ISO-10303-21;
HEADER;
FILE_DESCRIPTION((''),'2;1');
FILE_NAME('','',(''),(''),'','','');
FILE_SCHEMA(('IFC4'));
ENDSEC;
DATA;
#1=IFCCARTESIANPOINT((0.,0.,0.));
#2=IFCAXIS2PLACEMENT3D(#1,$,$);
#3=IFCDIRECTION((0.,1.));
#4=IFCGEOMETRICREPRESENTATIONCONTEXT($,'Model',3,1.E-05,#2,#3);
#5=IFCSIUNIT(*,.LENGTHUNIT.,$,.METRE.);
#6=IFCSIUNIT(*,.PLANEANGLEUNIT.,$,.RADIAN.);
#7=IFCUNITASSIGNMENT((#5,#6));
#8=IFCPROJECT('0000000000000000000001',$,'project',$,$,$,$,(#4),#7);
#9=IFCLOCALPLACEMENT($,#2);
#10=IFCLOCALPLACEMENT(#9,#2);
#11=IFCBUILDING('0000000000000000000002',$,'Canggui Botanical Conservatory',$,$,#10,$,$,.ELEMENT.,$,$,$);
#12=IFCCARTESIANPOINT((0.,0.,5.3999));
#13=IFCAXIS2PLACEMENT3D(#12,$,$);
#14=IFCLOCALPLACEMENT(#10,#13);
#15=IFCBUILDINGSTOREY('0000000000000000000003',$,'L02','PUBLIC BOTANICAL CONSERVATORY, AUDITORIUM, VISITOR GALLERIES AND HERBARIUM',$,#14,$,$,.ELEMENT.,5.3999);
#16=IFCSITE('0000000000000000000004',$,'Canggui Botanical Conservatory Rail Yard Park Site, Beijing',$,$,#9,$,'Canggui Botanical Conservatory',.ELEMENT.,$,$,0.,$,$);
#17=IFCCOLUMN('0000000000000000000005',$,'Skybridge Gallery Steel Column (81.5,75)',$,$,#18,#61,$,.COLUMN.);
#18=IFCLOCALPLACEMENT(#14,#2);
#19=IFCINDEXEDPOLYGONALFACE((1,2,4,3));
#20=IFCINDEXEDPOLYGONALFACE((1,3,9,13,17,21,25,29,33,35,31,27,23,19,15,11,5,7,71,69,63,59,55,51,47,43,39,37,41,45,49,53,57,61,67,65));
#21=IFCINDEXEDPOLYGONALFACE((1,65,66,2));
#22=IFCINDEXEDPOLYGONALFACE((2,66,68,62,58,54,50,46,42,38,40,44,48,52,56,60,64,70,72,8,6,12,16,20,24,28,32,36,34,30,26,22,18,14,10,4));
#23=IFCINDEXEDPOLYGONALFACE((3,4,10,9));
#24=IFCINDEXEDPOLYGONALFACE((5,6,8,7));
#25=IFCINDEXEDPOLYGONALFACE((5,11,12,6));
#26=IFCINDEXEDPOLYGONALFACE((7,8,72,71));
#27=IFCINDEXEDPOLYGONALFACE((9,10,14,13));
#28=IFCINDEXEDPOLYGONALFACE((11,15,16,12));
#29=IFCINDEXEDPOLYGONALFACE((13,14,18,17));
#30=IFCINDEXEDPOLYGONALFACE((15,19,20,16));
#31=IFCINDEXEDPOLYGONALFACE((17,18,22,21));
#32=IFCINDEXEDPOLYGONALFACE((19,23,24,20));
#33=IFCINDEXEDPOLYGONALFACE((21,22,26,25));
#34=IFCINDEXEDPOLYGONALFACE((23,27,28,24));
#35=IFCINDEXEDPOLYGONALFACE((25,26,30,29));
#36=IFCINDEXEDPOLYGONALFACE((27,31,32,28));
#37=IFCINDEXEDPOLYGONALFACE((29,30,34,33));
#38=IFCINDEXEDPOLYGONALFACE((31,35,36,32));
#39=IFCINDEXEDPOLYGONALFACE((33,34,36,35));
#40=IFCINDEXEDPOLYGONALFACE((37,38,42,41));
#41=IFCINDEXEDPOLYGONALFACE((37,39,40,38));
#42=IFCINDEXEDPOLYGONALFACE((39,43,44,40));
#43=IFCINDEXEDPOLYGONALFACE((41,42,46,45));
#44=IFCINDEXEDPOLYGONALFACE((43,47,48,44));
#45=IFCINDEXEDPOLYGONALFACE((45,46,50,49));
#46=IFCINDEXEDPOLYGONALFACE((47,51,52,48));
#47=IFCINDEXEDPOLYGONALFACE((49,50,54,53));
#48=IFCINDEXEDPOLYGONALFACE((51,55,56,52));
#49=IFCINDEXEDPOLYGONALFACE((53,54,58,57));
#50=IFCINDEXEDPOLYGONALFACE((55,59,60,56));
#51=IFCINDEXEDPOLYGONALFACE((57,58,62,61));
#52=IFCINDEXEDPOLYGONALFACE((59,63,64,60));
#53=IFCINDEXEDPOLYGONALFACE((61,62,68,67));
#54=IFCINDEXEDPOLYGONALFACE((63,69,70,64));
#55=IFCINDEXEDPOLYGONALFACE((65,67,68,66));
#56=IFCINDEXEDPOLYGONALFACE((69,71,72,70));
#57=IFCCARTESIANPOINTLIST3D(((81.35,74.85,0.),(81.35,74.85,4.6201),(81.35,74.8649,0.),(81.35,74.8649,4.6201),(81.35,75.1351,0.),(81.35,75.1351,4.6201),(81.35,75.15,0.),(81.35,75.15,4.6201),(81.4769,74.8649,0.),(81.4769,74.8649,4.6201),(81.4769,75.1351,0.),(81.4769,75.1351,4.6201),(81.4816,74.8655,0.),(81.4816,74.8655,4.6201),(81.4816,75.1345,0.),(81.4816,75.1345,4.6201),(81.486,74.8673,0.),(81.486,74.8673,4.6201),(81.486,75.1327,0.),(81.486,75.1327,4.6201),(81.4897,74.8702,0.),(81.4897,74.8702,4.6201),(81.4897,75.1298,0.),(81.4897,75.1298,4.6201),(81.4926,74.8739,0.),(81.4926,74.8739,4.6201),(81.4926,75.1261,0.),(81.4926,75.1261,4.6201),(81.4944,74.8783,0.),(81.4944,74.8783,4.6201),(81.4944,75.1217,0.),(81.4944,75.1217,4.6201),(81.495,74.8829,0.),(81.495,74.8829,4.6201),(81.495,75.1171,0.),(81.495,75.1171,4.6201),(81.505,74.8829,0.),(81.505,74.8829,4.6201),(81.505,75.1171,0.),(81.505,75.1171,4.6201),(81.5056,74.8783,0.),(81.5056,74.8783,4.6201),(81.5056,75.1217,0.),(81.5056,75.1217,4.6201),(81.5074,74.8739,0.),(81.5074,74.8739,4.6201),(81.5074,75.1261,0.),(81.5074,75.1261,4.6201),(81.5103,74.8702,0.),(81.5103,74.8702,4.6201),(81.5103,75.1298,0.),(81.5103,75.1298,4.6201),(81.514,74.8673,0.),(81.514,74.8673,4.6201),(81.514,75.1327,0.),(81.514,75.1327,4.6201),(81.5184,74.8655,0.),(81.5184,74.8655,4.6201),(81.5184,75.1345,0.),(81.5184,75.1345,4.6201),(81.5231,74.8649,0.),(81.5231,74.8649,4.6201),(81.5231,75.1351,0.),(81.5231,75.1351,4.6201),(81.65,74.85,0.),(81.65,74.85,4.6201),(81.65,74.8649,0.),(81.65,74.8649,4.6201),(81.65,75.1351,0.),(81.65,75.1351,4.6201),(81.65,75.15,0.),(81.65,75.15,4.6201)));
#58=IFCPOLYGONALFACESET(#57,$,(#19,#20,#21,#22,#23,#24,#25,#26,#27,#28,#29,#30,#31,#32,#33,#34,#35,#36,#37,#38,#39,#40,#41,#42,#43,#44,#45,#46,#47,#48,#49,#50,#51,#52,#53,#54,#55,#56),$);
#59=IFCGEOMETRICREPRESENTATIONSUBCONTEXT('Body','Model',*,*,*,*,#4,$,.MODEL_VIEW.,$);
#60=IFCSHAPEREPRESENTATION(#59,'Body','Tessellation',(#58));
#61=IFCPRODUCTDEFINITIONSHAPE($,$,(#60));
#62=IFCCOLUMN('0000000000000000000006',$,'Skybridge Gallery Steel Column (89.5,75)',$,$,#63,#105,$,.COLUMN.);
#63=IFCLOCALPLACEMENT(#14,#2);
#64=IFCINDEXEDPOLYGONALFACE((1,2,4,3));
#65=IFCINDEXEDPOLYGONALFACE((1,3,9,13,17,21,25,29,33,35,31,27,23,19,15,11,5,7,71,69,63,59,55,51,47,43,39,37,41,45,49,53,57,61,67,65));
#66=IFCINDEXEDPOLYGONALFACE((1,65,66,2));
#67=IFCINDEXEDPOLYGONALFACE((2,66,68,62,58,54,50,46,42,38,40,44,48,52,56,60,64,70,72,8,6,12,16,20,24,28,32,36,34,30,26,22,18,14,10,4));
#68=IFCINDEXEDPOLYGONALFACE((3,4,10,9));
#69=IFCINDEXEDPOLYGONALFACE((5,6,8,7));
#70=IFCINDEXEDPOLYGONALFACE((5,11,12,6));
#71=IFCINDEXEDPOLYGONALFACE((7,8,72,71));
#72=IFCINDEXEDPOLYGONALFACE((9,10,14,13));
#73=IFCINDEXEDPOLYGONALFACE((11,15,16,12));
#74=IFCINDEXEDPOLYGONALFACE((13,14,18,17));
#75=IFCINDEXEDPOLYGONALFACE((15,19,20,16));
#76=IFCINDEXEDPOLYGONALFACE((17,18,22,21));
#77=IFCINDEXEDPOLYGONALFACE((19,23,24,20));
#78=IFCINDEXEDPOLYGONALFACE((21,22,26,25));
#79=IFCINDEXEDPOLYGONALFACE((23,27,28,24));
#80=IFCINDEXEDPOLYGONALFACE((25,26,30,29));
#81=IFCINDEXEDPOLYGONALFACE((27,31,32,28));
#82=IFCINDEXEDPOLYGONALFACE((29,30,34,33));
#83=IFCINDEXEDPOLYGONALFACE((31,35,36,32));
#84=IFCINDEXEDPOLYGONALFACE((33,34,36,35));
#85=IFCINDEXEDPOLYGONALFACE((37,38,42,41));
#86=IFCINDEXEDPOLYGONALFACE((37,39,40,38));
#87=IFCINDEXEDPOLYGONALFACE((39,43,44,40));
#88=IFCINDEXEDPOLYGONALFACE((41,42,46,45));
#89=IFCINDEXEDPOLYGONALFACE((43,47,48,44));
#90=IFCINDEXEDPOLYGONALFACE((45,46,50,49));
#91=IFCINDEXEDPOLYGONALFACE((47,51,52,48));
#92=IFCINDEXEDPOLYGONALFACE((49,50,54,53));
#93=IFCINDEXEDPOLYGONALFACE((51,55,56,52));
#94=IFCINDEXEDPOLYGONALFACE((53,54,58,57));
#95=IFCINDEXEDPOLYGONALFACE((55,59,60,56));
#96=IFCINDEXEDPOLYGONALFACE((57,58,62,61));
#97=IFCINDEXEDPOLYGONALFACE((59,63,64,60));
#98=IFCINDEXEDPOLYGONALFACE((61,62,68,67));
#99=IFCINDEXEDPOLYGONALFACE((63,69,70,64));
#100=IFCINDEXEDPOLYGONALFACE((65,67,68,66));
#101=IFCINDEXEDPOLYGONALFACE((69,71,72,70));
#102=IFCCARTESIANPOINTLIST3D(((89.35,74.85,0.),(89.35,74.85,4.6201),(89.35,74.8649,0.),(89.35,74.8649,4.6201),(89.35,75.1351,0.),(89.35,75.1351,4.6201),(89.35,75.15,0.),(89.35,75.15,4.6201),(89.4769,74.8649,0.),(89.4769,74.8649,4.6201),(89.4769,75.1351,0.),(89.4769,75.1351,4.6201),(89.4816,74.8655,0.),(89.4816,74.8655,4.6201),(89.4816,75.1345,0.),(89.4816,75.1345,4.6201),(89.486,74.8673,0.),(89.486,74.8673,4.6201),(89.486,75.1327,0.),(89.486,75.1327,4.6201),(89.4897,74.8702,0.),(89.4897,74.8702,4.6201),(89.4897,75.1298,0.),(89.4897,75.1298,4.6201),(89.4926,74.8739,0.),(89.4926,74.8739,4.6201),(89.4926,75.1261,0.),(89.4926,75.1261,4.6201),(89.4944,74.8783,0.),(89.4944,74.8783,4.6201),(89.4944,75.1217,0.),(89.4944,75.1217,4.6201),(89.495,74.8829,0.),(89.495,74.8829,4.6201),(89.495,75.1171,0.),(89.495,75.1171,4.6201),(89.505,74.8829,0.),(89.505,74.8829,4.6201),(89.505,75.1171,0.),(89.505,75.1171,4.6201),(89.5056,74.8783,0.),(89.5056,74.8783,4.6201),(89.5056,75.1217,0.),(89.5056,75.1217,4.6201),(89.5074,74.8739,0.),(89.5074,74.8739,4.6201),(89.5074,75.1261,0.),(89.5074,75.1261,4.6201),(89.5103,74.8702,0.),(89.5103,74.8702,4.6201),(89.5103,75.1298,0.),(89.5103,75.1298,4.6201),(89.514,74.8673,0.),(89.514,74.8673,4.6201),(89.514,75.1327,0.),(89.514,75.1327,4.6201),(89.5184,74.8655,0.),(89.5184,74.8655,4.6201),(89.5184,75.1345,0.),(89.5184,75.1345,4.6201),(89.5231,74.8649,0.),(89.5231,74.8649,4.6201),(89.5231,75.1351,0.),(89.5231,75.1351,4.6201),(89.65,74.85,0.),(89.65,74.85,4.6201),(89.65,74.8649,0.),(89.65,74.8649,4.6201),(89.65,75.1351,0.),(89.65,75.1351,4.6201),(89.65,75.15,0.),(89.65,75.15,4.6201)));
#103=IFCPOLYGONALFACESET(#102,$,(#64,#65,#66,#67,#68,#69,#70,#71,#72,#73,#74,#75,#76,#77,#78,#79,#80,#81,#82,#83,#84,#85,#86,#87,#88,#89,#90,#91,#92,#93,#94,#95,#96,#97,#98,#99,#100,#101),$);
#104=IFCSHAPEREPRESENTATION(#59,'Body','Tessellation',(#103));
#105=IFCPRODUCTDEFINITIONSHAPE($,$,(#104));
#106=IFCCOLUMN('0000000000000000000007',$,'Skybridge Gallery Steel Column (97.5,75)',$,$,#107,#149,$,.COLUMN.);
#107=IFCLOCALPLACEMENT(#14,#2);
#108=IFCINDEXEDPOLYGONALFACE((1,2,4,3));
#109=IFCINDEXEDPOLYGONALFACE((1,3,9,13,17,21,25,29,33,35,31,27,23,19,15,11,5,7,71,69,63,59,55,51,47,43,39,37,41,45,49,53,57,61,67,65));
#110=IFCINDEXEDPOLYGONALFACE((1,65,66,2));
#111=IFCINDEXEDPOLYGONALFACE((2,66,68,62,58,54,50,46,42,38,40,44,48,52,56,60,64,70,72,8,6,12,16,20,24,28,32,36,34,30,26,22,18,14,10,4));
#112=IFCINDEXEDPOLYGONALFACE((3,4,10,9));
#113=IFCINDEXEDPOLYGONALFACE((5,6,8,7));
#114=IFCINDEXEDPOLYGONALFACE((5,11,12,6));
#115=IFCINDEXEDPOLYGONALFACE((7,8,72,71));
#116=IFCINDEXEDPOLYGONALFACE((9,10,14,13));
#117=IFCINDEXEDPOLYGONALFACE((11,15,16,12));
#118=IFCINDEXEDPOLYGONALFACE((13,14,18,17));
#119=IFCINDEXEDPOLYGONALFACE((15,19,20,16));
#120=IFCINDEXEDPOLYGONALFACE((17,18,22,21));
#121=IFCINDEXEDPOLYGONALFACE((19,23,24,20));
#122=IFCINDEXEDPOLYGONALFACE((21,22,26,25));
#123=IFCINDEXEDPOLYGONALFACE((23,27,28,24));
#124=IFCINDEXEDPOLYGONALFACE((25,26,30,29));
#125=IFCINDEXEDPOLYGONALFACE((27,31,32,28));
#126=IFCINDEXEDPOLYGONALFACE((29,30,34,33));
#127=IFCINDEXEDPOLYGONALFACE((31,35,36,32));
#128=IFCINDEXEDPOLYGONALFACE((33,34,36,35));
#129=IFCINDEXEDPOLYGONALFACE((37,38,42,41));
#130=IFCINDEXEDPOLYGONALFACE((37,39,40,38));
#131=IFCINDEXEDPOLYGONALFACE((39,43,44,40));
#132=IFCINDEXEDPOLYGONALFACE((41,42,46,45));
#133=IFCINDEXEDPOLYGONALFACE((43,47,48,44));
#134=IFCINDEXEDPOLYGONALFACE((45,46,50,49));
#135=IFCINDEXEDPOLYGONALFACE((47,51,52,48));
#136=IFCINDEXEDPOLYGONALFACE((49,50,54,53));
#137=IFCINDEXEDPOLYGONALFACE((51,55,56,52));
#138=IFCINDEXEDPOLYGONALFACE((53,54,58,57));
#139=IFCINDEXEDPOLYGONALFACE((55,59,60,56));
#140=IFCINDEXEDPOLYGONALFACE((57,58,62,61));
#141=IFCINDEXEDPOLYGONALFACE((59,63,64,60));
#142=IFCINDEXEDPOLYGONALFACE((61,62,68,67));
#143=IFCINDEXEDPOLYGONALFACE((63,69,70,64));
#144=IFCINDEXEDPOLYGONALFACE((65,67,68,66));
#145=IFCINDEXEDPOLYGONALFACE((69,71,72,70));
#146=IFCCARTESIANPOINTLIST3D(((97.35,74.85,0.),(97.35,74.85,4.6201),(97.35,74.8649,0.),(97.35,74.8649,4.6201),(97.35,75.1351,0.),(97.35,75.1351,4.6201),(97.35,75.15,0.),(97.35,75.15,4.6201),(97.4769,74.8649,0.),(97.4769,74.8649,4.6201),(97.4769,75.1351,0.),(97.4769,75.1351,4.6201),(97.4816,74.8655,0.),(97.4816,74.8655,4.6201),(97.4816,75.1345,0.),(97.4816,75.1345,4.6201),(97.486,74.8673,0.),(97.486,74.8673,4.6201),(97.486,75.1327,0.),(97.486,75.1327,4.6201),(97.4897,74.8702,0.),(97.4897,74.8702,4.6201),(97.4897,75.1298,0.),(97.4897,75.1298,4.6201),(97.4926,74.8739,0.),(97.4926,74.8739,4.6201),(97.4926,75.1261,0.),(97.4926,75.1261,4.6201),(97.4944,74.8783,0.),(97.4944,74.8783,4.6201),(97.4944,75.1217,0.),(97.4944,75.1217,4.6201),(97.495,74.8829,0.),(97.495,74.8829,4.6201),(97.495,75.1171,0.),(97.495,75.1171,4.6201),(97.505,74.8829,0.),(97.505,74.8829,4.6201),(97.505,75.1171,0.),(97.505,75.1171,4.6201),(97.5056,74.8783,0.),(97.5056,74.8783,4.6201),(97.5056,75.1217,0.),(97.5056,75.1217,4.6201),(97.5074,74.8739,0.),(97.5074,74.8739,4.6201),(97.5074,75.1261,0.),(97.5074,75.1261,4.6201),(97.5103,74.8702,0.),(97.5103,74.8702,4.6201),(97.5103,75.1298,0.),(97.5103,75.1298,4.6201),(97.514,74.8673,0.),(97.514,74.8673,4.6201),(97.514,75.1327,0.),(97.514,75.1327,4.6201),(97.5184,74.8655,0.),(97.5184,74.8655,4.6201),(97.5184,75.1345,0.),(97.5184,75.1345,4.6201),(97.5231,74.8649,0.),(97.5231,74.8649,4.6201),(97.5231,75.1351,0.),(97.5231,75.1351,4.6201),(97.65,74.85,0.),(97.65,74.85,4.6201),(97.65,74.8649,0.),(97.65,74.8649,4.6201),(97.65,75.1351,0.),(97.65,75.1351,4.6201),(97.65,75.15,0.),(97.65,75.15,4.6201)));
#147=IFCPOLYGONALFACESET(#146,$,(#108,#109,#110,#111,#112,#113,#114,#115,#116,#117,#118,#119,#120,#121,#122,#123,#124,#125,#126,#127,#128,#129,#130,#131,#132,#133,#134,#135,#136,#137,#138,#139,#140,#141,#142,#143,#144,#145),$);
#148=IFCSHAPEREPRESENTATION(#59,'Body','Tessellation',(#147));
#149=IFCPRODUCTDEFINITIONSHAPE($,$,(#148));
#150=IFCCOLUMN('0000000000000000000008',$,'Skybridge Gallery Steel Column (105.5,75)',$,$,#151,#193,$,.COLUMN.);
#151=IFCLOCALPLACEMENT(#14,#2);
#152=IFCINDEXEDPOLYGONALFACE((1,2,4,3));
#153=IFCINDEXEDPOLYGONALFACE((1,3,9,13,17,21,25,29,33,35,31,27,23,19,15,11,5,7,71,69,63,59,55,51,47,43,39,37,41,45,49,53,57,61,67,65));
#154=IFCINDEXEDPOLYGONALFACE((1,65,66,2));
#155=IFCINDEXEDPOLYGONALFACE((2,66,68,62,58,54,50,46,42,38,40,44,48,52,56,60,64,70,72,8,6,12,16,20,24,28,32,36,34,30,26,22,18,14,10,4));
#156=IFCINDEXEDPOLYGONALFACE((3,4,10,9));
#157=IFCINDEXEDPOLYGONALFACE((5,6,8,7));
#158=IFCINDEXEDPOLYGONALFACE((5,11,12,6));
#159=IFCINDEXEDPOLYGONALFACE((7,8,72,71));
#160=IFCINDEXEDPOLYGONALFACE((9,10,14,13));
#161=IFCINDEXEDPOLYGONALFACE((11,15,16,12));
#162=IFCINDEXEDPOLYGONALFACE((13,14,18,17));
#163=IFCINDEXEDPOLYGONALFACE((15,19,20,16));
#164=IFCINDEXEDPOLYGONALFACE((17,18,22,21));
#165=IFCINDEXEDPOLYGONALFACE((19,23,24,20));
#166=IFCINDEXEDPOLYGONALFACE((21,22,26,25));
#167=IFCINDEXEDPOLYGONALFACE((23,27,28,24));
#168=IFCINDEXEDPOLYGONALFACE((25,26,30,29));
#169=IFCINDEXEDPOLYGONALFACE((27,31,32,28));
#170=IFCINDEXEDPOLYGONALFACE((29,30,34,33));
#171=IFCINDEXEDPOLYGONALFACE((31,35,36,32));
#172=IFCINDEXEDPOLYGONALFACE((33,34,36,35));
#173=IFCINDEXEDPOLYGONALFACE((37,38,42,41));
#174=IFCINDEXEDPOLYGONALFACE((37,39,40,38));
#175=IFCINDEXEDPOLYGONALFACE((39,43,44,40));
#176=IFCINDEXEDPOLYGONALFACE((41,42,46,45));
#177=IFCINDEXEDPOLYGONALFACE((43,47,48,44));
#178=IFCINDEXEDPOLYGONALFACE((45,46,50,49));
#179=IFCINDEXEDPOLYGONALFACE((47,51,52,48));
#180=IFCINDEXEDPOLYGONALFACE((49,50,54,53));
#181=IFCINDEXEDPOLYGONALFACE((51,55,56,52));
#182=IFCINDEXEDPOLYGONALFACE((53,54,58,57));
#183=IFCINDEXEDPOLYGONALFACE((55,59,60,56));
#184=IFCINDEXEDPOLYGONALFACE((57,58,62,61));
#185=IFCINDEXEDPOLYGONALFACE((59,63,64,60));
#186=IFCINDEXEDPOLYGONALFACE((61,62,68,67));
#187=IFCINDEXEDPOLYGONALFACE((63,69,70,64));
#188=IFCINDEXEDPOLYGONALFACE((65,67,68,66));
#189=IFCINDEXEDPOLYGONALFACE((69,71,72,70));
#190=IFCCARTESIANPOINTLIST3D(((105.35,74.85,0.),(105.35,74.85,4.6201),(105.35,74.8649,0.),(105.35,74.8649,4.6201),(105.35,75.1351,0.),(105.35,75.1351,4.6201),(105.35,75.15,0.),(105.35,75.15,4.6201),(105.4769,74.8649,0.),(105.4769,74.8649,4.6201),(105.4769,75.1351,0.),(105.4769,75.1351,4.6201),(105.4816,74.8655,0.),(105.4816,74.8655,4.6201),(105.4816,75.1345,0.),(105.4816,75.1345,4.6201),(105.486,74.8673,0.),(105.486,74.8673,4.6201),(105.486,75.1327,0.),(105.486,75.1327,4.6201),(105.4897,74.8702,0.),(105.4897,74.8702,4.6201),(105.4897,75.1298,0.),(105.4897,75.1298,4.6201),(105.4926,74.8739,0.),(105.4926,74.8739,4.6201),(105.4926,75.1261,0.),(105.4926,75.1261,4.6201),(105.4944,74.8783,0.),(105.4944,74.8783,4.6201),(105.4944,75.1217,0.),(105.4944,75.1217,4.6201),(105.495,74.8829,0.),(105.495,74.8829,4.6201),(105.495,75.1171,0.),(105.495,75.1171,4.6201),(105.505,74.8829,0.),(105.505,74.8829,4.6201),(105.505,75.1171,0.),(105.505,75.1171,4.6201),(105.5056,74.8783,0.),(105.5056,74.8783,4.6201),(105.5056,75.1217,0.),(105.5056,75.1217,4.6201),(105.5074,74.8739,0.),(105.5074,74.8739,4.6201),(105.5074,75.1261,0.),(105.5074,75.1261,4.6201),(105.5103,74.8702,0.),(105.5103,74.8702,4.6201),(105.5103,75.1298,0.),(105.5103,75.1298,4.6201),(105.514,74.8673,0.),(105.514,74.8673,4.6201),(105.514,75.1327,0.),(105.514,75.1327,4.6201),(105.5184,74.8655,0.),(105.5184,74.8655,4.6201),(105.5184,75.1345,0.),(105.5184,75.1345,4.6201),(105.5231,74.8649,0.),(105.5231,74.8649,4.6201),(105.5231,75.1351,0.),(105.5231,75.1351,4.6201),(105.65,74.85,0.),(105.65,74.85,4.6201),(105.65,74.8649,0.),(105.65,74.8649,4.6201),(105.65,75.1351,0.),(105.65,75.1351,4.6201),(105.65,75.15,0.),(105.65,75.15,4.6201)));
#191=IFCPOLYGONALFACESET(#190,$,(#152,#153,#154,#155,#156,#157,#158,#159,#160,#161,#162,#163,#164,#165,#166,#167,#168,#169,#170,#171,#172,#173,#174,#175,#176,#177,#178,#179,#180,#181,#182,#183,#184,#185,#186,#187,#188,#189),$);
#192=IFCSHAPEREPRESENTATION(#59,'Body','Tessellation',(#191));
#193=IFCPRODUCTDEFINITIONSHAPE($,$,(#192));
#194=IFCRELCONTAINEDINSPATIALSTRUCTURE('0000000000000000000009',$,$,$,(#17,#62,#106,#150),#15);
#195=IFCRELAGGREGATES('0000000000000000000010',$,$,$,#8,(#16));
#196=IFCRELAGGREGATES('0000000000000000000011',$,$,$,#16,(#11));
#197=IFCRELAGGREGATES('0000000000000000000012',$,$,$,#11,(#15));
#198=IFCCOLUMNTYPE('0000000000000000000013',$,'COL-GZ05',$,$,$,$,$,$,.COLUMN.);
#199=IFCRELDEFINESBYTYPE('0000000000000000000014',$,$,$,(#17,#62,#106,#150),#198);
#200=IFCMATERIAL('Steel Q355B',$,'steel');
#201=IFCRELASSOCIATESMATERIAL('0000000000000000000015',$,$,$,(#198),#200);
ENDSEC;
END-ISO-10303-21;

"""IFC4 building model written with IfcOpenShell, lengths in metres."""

from ifc_helpers import new_model, si_unit, direction, frame, origin, origin_2d, place, context, subcontext, project, spatial, i_section, extrude, material, material_profile, profile_set, type_object, element, save


model = new_model("IFC4")

# Units and contexts
model_context = context("Model", 3, precision=1e-05, world=origin(), true_north=direction((0.0, 1.0)))
body_context = subcontext(model_context, "Body", "Model", "MODEL_VIEW")
ifc_project = project(units=[si_unit("LENGTHUNIT", "METRE"), si_unit("PLANEANGLEUNIT", "RADIAN")], contexts=[model_context])

# Site, building, storey
site_placement = place(None, origin())
site = spatial("IfcSite", under=ifc_project, at=site_placement, Name="Canggui Botanical Conservatory Rail Yard Park Site, Beijing", LongName="Canggui Botanical Conservatory", CompositionType="ELEMENT", RefElevation=0.0)
building_placement = place(site_placement, origin())
building = spatial("IfcBuilding", under=site, at=building_placement, Name="Canggui Botanical Conservatory", CompositionType="ELEMENT")
storey_placement = place(building_placement, frame((0.0, 0.0, 5.3999)))
storey = spatial("IfcBuildingStorey", under=building, at=storey_placement, Name="L02", Description="PUBLIC BOTANICAL CONSERVATORY, AUDITORIUM, VISITOR GALLERIES AND HERBARIUM", CompositionType="ELEMENT", Elevation=5.3999)

# Columns
ifc_material_1 = material(Name="Steel Q355B", Category="steel")
ifc_material_profile_1 = material_profile(ifc_material_1, i_section(OverallWidth=0.3, OverallDepth=0.3, WebThickness=0.01, FlangeThickness=0.0149, FilletRadius=0.0181, at=origin_2d()), Name="HW 300x300x10x15")
ifc_profile_set_1 = profile_set([ifc_material_profile_1], Name="Steel Q355B")
column_type = type_object("IfcColumnType", Name="COL-GZ05", PredefinedType="COLUMN", material=ifc_profile_set_1)
for number, where, z_axis, x_axis, name in (
    (1, (81.5, 75.0, 0.0), (0.0, 0.0, 1.0), (1.0, 0.0, 0.0), "Skybridge Gallery Steel Column (81.5,75)"),
    (2, (89.5, 75.0, 0.0), (0.0, 0.0, 1.0), (1.0, 0.0, 0.0), "Skybridge Gallery Steel Column (89.5,75)"),
    (3, (97.5, 75.0, 0.0), (0.0, 0.0, 1.0), (1.0, 0.0, 0.0), "Skybridge Gallery Steel Column (97.5,75)"),
    (4, (105.5, 75.0, 0.0), (0.0, 0.0, 1.0), (1.0, 0.0, 0.0), "Skybridge Gallery Steel Column (105.5,75)"),
):
    element("IfcColumn", number, at=place(storey_placement, frame(where, z_axis=z_axis, x_axis=x_axis)), inside=storey, type_object=column_type, Name=name, PredefinedType="COLUMN", context=body_context, shape_type="SweptSolid", body=[
        extrude(i_section(OverallWidth=0.3, OverallDepth=0.3, WebThickness=0.01, FlangeThickness=0.0149, FilletRadius=0.0181, at=origin_2d()), origin(), (0.0, 0.0, 1.0), 4.6201),
    ])

save(model, "model.ifc")
